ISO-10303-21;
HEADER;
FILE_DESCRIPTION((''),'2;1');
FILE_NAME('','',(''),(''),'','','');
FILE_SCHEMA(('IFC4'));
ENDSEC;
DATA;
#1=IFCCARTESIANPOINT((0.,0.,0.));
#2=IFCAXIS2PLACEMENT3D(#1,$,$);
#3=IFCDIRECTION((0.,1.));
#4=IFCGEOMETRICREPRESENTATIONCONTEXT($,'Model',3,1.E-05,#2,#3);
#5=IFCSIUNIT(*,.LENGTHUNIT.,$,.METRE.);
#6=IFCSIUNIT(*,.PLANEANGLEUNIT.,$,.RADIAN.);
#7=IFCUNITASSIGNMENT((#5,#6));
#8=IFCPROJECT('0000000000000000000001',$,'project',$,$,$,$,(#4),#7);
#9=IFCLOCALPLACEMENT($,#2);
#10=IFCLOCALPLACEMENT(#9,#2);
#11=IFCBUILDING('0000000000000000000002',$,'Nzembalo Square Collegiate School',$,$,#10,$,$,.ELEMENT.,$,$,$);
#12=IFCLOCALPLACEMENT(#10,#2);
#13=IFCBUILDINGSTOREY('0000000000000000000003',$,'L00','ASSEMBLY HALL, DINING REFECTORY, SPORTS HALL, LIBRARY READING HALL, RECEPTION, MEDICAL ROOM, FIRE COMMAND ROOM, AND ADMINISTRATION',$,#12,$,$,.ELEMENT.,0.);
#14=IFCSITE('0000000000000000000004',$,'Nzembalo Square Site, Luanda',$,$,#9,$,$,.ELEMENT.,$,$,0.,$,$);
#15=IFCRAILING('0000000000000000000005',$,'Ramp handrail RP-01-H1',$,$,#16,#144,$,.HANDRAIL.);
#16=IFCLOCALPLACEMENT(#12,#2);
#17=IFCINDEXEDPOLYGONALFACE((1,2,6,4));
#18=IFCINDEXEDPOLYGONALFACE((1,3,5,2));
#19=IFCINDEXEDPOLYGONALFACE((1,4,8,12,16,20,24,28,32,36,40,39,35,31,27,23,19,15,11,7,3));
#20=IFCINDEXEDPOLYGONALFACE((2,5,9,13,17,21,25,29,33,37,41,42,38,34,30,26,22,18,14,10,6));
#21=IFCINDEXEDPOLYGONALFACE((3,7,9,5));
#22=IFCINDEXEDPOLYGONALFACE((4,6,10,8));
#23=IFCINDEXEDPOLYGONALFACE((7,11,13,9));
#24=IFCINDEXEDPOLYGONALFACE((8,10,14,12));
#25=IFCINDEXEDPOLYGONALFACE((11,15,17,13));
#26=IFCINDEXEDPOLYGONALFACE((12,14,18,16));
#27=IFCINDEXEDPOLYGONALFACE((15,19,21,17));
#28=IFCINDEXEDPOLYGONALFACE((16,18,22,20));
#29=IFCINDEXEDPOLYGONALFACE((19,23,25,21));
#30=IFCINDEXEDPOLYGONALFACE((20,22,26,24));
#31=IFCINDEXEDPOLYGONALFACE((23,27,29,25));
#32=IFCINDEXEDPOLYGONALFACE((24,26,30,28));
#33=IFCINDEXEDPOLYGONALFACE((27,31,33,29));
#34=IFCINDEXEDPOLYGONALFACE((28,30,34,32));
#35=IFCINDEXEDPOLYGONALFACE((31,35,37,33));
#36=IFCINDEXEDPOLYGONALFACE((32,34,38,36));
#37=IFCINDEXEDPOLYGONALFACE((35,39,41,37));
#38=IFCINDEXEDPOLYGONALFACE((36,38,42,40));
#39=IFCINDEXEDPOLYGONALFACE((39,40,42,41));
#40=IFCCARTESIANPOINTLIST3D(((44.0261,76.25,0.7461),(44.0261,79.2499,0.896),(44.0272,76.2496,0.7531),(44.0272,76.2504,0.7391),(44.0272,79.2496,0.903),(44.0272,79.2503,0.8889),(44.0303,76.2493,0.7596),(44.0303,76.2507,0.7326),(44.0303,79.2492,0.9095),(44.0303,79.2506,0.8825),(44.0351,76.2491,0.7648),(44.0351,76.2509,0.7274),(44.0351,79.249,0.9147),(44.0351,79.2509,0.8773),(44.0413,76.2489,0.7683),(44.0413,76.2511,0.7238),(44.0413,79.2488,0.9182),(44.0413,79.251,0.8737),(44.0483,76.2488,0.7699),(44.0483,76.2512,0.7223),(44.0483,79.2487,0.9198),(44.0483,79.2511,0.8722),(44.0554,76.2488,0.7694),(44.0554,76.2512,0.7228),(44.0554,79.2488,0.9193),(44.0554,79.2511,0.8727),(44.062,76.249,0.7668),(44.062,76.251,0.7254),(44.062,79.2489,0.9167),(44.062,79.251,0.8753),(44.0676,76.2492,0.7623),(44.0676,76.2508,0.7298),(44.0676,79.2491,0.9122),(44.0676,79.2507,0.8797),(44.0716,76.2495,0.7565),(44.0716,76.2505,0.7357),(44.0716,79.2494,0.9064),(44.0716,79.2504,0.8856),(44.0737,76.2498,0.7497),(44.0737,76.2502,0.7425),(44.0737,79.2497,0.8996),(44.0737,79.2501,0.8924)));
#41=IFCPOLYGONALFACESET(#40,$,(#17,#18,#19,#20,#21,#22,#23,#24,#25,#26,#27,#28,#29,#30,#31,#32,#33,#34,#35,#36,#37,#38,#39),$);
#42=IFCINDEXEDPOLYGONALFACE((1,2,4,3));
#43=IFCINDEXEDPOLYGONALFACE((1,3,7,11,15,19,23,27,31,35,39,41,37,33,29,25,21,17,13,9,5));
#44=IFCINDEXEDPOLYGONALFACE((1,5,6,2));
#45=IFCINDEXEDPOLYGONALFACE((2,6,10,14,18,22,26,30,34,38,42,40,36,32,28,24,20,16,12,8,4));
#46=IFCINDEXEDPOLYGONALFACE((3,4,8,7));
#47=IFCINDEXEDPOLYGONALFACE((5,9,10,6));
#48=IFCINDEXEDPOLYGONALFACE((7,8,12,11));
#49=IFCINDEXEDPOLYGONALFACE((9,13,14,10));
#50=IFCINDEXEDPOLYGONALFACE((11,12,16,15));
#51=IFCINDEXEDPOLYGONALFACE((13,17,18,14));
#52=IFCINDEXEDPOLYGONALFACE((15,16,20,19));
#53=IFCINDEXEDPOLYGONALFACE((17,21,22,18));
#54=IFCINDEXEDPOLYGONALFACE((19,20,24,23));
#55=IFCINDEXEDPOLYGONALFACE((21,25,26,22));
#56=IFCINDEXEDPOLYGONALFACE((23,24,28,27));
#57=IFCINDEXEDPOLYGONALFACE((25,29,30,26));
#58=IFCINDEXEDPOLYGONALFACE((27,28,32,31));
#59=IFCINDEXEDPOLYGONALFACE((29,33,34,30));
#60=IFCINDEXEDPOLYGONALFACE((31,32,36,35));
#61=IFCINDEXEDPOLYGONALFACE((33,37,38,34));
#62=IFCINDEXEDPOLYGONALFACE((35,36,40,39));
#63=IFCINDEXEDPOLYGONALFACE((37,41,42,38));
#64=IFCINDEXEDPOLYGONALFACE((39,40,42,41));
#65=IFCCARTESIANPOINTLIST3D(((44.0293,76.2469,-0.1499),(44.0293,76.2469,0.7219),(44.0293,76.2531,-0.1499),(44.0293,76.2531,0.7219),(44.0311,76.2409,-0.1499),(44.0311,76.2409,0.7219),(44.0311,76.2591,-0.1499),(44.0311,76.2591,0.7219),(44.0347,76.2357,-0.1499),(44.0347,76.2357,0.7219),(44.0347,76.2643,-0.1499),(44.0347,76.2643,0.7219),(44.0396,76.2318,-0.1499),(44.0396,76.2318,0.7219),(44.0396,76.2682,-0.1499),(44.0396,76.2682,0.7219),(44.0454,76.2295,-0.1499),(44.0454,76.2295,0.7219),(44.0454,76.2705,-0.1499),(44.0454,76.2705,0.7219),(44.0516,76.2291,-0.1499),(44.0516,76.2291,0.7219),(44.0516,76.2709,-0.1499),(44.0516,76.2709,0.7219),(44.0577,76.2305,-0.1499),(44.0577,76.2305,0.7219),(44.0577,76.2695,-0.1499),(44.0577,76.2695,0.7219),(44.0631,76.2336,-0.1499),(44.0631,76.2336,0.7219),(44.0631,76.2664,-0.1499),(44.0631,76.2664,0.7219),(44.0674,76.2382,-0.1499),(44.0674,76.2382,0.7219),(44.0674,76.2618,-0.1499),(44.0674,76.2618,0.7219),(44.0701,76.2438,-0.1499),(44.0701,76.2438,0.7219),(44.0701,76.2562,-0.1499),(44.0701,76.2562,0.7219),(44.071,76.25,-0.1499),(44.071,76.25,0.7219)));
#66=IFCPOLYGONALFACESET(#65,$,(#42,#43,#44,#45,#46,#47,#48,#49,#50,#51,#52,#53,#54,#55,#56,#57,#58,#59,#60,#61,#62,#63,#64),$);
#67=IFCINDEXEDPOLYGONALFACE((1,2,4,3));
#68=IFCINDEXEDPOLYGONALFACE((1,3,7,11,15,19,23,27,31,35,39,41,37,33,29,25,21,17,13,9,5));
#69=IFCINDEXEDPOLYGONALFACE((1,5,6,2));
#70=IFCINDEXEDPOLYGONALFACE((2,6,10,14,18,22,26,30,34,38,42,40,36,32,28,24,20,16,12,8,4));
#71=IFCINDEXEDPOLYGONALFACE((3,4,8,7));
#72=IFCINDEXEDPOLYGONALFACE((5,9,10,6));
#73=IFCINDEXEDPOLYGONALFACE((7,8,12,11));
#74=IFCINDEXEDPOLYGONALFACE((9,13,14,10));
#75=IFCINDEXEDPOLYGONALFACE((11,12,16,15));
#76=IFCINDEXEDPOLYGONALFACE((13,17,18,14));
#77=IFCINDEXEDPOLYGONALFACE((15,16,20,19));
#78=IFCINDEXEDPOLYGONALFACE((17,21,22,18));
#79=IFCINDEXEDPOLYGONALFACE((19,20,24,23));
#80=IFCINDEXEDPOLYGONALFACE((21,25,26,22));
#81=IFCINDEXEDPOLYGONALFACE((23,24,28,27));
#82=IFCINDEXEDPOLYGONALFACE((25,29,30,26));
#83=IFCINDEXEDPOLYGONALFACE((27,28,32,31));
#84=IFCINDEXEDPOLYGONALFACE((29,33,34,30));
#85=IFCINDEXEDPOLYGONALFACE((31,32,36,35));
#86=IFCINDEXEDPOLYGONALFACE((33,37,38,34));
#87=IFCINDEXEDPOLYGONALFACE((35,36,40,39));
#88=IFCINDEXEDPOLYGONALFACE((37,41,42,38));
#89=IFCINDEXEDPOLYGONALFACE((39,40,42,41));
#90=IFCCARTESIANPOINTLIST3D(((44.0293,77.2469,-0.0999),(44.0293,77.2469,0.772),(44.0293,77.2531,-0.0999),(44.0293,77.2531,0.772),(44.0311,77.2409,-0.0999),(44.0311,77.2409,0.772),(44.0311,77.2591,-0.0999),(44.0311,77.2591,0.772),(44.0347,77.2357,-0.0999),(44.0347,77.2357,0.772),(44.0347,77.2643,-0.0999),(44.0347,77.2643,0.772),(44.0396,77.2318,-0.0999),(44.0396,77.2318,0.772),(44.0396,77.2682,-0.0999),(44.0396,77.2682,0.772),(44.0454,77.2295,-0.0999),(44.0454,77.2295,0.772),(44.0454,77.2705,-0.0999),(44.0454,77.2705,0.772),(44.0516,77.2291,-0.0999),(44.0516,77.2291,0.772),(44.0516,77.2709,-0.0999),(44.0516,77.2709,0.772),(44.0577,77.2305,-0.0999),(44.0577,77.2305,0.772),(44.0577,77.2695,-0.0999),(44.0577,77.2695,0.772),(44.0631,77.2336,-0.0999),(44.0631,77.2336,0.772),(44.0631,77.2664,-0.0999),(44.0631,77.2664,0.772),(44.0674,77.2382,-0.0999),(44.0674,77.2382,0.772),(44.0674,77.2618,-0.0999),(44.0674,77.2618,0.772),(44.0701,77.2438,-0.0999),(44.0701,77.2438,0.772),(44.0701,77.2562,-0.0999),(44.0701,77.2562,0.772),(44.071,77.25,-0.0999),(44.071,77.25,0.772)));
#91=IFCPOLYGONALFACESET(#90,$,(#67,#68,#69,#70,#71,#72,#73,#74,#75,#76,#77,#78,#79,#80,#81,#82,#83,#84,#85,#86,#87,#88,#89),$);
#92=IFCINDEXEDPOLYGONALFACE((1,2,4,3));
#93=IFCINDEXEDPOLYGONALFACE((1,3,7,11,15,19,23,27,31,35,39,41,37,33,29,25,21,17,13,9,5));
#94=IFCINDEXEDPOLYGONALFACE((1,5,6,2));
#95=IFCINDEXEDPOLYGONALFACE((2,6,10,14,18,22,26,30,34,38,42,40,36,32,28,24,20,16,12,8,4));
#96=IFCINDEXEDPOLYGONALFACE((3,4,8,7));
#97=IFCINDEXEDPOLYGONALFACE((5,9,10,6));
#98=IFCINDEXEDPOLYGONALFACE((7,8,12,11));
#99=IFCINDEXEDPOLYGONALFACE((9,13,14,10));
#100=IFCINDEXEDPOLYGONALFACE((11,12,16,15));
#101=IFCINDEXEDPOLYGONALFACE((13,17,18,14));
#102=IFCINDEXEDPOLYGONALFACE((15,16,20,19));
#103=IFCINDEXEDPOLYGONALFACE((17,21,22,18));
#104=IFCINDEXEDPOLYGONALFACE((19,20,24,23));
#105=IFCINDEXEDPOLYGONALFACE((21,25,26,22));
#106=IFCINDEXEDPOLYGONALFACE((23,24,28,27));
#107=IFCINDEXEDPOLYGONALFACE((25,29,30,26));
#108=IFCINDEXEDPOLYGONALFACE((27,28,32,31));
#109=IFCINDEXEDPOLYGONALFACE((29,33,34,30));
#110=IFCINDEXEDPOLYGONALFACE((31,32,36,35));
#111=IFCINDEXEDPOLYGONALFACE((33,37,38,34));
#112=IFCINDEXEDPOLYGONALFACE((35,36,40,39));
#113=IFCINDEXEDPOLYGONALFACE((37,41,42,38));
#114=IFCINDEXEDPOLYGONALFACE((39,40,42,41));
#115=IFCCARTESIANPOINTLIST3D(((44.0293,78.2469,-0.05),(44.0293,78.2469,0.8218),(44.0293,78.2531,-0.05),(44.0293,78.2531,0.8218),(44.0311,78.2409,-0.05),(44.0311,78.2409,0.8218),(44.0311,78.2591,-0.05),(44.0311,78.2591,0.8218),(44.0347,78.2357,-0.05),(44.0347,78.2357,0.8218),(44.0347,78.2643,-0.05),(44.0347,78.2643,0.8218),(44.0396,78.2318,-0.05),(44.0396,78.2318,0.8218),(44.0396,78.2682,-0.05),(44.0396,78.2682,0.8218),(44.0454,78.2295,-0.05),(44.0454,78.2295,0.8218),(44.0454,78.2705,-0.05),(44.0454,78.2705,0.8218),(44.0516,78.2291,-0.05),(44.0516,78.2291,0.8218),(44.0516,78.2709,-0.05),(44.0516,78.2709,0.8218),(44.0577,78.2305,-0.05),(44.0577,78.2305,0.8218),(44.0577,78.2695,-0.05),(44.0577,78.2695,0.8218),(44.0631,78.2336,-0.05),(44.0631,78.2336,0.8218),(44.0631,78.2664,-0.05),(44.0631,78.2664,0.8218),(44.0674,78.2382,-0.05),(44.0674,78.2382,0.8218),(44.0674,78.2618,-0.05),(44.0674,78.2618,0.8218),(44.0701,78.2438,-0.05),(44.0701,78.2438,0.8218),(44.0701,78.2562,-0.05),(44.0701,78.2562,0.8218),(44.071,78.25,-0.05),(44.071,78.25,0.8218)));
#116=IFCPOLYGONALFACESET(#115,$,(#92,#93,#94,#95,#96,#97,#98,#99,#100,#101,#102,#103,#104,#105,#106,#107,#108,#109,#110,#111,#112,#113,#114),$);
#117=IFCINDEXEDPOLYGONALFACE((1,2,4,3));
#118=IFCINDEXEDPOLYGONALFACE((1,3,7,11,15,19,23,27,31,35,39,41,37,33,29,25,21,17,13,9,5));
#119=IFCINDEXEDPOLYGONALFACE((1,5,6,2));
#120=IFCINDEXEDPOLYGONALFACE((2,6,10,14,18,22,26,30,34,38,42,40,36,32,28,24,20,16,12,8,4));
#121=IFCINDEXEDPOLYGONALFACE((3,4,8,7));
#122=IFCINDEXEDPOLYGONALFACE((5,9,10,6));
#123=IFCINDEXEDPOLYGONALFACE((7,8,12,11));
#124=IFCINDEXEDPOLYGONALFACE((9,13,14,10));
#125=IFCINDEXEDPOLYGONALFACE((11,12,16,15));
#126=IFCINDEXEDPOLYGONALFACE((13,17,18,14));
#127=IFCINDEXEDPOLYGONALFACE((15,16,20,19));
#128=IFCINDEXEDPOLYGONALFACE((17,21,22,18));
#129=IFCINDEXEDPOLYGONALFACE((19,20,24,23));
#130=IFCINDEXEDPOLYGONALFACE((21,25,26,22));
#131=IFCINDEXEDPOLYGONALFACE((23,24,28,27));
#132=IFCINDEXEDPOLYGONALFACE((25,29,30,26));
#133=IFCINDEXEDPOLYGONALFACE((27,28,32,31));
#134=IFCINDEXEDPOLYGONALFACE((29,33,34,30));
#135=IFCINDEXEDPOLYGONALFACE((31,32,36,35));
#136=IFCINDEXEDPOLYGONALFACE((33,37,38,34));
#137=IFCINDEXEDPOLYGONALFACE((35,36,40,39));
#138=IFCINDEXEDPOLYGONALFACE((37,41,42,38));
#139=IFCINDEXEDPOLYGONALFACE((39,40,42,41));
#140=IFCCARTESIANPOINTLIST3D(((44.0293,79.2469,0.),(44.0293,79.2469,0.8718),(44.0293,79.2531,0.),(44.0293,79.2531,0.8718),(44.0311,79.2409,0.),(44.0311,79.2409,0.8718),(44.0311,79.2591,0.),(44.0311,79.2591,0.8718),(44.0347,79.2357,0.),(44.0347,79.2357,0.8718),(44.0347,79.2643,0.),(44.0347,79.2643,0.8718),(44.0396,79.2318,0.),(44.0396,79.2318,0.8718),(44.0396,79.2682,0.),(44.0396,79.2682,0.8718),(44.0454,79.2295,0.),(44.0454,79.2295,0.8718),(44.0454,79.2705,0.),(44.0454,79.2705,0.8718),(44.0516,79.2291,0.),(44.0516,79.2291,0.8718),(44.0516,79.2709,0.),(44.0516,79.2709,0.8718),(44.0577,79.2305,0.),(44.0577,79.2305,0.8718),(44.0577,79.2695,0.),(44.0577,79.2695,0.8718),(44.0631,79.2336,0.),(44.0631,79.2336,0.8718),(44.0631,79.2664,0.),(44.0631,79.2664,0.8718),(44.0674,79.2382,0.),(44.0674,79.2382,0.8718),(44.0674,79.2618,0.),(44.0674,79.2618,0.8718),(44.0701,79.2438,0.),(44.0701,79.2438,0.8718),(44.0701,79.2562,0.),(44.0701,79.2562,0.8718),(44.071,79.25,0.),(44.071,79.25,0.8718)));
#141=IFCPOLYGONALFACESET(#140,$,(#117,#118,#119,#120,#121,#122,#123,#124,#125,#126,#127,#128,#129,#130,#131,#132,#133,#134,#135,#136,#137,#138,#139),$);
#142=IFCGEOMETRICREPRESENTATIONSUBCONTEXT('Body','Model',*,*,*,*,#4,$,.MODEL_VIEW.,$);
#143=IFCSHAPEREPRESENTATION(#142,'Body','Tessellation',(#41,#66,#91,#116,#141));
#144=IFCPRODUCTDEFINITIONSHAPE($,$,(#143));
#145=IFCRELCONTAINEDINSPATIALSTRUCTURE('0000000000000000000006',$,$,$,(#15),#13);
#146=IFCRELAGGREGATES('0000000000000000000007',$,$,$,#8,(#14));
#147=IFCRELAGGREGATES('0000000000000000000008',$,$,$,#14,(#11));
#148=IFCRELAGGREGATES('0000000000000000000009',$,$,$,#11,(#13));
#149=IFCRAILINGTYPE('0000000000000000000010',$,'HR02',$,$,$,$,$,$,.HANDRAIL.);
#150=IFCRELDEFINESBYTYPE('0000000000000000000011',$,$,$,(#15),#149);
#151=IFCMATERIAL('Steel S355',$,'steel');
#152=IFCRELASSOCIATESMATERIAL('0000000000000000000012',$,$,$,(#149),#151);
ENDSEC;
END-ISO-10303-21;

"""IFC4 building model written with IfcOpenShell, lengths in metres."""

from ifc_helpers import new_model, si_unit, direction, frame, origin, origin_2d, place, context, subcontext, project, spatial, circle, extrude, material, type_object, element, save


model = new_model("IFC4")

# Units and contexts
model_context = context("Model", 3, precision=1e-05, world=origin(), true_north=direction((0.0, 1.0)))
body_context = subcontext(model_context, "Body", "Model", "MODEL_VIEW")
ifc_project = project(units=[si_unit("LENGTHUNIT", "METRE"), si_unit("PLANEANGLEUNIT", "RADIAN")], contexts=[model_context])

# Site, building, storey
site_placement = place(None, origin())
site = spatial("IfcSite", under=ifc_project, at=site_placement, Name="Nzembalo Square Site, Luanda", CompositionType="ELEMENT", RefElevation=0.0)
building_placement = place(site_placement, origin())
building = spatial("IfcBuilding", under=site, at=building_placement, Name="Nzembalo Square Collegiate School", CompositionType="ELEMENT")
storey_placement = place(building_placement, origin())
storey = spatial("IfcBuildingStorey", under=building, at=storey_placement, Name="L00", Description="ASSEMBLY HALL, DINING REFECTORY, SPORTS HALL, LIBRARY READING HALL, RECEPTION, MEDICAL ROOM, FIRE COMMAND ROOM, AND ADMINISTRATION", CompositionType="ELEMENT", Elevation=0.0)

# Railing
ifc_material_1 = material(Name="Steel S355", Category="steel")
railing_type = type_object("IfcRailingType", Name="HR02", PredefinedType="HANDRAIL", material=ifc_material_1)
for number, where, name in (
    (1, (44.05, 76.25, -0.1499), "Ramp handrail RP-01-H1"),
):
    element("IfcRailing", number, at=place(storey_placement, frame(where)), inside=storey, type_object=railing_type, Name=name, PredefinedType="HANDRAIL", context=body_context, shape_type="SweptSolid", body=[
        extrude(circle(Radius=0.0239, at=origin_2d()), frame((0.0, 0.0, 0.896), z_axis=(0.0, 0.998754, 0.049905), x_axis=(-1.0, 0.0, 0.0)), (0.0, 0.0, 1.0), 3.0037),
        extrude(circle(Radius=0.021, at=origin_2d()), origin(), (0.0, 0.0, 1.0), 0.8718),
        extrude(circle(Radius=0.021, at=origin_2d()), frame((0.0, 1.0, 0.05)), (0.0, 0.0, 1.0), 0.8718),
        extrude(circle(Radius=0.021, at=origin_2d()), frame((0.0, 2.0, 0.0999)), (0.0, 0.0, 1.0), 0.8718),
        extrude(circle(Radius=0.021, at=origin_2d()), frame((0.0, 3.0, 0.1499)), (0.0, 0.0, 1.0), 0.8718),
    ])

save(model, "model.ifc")
